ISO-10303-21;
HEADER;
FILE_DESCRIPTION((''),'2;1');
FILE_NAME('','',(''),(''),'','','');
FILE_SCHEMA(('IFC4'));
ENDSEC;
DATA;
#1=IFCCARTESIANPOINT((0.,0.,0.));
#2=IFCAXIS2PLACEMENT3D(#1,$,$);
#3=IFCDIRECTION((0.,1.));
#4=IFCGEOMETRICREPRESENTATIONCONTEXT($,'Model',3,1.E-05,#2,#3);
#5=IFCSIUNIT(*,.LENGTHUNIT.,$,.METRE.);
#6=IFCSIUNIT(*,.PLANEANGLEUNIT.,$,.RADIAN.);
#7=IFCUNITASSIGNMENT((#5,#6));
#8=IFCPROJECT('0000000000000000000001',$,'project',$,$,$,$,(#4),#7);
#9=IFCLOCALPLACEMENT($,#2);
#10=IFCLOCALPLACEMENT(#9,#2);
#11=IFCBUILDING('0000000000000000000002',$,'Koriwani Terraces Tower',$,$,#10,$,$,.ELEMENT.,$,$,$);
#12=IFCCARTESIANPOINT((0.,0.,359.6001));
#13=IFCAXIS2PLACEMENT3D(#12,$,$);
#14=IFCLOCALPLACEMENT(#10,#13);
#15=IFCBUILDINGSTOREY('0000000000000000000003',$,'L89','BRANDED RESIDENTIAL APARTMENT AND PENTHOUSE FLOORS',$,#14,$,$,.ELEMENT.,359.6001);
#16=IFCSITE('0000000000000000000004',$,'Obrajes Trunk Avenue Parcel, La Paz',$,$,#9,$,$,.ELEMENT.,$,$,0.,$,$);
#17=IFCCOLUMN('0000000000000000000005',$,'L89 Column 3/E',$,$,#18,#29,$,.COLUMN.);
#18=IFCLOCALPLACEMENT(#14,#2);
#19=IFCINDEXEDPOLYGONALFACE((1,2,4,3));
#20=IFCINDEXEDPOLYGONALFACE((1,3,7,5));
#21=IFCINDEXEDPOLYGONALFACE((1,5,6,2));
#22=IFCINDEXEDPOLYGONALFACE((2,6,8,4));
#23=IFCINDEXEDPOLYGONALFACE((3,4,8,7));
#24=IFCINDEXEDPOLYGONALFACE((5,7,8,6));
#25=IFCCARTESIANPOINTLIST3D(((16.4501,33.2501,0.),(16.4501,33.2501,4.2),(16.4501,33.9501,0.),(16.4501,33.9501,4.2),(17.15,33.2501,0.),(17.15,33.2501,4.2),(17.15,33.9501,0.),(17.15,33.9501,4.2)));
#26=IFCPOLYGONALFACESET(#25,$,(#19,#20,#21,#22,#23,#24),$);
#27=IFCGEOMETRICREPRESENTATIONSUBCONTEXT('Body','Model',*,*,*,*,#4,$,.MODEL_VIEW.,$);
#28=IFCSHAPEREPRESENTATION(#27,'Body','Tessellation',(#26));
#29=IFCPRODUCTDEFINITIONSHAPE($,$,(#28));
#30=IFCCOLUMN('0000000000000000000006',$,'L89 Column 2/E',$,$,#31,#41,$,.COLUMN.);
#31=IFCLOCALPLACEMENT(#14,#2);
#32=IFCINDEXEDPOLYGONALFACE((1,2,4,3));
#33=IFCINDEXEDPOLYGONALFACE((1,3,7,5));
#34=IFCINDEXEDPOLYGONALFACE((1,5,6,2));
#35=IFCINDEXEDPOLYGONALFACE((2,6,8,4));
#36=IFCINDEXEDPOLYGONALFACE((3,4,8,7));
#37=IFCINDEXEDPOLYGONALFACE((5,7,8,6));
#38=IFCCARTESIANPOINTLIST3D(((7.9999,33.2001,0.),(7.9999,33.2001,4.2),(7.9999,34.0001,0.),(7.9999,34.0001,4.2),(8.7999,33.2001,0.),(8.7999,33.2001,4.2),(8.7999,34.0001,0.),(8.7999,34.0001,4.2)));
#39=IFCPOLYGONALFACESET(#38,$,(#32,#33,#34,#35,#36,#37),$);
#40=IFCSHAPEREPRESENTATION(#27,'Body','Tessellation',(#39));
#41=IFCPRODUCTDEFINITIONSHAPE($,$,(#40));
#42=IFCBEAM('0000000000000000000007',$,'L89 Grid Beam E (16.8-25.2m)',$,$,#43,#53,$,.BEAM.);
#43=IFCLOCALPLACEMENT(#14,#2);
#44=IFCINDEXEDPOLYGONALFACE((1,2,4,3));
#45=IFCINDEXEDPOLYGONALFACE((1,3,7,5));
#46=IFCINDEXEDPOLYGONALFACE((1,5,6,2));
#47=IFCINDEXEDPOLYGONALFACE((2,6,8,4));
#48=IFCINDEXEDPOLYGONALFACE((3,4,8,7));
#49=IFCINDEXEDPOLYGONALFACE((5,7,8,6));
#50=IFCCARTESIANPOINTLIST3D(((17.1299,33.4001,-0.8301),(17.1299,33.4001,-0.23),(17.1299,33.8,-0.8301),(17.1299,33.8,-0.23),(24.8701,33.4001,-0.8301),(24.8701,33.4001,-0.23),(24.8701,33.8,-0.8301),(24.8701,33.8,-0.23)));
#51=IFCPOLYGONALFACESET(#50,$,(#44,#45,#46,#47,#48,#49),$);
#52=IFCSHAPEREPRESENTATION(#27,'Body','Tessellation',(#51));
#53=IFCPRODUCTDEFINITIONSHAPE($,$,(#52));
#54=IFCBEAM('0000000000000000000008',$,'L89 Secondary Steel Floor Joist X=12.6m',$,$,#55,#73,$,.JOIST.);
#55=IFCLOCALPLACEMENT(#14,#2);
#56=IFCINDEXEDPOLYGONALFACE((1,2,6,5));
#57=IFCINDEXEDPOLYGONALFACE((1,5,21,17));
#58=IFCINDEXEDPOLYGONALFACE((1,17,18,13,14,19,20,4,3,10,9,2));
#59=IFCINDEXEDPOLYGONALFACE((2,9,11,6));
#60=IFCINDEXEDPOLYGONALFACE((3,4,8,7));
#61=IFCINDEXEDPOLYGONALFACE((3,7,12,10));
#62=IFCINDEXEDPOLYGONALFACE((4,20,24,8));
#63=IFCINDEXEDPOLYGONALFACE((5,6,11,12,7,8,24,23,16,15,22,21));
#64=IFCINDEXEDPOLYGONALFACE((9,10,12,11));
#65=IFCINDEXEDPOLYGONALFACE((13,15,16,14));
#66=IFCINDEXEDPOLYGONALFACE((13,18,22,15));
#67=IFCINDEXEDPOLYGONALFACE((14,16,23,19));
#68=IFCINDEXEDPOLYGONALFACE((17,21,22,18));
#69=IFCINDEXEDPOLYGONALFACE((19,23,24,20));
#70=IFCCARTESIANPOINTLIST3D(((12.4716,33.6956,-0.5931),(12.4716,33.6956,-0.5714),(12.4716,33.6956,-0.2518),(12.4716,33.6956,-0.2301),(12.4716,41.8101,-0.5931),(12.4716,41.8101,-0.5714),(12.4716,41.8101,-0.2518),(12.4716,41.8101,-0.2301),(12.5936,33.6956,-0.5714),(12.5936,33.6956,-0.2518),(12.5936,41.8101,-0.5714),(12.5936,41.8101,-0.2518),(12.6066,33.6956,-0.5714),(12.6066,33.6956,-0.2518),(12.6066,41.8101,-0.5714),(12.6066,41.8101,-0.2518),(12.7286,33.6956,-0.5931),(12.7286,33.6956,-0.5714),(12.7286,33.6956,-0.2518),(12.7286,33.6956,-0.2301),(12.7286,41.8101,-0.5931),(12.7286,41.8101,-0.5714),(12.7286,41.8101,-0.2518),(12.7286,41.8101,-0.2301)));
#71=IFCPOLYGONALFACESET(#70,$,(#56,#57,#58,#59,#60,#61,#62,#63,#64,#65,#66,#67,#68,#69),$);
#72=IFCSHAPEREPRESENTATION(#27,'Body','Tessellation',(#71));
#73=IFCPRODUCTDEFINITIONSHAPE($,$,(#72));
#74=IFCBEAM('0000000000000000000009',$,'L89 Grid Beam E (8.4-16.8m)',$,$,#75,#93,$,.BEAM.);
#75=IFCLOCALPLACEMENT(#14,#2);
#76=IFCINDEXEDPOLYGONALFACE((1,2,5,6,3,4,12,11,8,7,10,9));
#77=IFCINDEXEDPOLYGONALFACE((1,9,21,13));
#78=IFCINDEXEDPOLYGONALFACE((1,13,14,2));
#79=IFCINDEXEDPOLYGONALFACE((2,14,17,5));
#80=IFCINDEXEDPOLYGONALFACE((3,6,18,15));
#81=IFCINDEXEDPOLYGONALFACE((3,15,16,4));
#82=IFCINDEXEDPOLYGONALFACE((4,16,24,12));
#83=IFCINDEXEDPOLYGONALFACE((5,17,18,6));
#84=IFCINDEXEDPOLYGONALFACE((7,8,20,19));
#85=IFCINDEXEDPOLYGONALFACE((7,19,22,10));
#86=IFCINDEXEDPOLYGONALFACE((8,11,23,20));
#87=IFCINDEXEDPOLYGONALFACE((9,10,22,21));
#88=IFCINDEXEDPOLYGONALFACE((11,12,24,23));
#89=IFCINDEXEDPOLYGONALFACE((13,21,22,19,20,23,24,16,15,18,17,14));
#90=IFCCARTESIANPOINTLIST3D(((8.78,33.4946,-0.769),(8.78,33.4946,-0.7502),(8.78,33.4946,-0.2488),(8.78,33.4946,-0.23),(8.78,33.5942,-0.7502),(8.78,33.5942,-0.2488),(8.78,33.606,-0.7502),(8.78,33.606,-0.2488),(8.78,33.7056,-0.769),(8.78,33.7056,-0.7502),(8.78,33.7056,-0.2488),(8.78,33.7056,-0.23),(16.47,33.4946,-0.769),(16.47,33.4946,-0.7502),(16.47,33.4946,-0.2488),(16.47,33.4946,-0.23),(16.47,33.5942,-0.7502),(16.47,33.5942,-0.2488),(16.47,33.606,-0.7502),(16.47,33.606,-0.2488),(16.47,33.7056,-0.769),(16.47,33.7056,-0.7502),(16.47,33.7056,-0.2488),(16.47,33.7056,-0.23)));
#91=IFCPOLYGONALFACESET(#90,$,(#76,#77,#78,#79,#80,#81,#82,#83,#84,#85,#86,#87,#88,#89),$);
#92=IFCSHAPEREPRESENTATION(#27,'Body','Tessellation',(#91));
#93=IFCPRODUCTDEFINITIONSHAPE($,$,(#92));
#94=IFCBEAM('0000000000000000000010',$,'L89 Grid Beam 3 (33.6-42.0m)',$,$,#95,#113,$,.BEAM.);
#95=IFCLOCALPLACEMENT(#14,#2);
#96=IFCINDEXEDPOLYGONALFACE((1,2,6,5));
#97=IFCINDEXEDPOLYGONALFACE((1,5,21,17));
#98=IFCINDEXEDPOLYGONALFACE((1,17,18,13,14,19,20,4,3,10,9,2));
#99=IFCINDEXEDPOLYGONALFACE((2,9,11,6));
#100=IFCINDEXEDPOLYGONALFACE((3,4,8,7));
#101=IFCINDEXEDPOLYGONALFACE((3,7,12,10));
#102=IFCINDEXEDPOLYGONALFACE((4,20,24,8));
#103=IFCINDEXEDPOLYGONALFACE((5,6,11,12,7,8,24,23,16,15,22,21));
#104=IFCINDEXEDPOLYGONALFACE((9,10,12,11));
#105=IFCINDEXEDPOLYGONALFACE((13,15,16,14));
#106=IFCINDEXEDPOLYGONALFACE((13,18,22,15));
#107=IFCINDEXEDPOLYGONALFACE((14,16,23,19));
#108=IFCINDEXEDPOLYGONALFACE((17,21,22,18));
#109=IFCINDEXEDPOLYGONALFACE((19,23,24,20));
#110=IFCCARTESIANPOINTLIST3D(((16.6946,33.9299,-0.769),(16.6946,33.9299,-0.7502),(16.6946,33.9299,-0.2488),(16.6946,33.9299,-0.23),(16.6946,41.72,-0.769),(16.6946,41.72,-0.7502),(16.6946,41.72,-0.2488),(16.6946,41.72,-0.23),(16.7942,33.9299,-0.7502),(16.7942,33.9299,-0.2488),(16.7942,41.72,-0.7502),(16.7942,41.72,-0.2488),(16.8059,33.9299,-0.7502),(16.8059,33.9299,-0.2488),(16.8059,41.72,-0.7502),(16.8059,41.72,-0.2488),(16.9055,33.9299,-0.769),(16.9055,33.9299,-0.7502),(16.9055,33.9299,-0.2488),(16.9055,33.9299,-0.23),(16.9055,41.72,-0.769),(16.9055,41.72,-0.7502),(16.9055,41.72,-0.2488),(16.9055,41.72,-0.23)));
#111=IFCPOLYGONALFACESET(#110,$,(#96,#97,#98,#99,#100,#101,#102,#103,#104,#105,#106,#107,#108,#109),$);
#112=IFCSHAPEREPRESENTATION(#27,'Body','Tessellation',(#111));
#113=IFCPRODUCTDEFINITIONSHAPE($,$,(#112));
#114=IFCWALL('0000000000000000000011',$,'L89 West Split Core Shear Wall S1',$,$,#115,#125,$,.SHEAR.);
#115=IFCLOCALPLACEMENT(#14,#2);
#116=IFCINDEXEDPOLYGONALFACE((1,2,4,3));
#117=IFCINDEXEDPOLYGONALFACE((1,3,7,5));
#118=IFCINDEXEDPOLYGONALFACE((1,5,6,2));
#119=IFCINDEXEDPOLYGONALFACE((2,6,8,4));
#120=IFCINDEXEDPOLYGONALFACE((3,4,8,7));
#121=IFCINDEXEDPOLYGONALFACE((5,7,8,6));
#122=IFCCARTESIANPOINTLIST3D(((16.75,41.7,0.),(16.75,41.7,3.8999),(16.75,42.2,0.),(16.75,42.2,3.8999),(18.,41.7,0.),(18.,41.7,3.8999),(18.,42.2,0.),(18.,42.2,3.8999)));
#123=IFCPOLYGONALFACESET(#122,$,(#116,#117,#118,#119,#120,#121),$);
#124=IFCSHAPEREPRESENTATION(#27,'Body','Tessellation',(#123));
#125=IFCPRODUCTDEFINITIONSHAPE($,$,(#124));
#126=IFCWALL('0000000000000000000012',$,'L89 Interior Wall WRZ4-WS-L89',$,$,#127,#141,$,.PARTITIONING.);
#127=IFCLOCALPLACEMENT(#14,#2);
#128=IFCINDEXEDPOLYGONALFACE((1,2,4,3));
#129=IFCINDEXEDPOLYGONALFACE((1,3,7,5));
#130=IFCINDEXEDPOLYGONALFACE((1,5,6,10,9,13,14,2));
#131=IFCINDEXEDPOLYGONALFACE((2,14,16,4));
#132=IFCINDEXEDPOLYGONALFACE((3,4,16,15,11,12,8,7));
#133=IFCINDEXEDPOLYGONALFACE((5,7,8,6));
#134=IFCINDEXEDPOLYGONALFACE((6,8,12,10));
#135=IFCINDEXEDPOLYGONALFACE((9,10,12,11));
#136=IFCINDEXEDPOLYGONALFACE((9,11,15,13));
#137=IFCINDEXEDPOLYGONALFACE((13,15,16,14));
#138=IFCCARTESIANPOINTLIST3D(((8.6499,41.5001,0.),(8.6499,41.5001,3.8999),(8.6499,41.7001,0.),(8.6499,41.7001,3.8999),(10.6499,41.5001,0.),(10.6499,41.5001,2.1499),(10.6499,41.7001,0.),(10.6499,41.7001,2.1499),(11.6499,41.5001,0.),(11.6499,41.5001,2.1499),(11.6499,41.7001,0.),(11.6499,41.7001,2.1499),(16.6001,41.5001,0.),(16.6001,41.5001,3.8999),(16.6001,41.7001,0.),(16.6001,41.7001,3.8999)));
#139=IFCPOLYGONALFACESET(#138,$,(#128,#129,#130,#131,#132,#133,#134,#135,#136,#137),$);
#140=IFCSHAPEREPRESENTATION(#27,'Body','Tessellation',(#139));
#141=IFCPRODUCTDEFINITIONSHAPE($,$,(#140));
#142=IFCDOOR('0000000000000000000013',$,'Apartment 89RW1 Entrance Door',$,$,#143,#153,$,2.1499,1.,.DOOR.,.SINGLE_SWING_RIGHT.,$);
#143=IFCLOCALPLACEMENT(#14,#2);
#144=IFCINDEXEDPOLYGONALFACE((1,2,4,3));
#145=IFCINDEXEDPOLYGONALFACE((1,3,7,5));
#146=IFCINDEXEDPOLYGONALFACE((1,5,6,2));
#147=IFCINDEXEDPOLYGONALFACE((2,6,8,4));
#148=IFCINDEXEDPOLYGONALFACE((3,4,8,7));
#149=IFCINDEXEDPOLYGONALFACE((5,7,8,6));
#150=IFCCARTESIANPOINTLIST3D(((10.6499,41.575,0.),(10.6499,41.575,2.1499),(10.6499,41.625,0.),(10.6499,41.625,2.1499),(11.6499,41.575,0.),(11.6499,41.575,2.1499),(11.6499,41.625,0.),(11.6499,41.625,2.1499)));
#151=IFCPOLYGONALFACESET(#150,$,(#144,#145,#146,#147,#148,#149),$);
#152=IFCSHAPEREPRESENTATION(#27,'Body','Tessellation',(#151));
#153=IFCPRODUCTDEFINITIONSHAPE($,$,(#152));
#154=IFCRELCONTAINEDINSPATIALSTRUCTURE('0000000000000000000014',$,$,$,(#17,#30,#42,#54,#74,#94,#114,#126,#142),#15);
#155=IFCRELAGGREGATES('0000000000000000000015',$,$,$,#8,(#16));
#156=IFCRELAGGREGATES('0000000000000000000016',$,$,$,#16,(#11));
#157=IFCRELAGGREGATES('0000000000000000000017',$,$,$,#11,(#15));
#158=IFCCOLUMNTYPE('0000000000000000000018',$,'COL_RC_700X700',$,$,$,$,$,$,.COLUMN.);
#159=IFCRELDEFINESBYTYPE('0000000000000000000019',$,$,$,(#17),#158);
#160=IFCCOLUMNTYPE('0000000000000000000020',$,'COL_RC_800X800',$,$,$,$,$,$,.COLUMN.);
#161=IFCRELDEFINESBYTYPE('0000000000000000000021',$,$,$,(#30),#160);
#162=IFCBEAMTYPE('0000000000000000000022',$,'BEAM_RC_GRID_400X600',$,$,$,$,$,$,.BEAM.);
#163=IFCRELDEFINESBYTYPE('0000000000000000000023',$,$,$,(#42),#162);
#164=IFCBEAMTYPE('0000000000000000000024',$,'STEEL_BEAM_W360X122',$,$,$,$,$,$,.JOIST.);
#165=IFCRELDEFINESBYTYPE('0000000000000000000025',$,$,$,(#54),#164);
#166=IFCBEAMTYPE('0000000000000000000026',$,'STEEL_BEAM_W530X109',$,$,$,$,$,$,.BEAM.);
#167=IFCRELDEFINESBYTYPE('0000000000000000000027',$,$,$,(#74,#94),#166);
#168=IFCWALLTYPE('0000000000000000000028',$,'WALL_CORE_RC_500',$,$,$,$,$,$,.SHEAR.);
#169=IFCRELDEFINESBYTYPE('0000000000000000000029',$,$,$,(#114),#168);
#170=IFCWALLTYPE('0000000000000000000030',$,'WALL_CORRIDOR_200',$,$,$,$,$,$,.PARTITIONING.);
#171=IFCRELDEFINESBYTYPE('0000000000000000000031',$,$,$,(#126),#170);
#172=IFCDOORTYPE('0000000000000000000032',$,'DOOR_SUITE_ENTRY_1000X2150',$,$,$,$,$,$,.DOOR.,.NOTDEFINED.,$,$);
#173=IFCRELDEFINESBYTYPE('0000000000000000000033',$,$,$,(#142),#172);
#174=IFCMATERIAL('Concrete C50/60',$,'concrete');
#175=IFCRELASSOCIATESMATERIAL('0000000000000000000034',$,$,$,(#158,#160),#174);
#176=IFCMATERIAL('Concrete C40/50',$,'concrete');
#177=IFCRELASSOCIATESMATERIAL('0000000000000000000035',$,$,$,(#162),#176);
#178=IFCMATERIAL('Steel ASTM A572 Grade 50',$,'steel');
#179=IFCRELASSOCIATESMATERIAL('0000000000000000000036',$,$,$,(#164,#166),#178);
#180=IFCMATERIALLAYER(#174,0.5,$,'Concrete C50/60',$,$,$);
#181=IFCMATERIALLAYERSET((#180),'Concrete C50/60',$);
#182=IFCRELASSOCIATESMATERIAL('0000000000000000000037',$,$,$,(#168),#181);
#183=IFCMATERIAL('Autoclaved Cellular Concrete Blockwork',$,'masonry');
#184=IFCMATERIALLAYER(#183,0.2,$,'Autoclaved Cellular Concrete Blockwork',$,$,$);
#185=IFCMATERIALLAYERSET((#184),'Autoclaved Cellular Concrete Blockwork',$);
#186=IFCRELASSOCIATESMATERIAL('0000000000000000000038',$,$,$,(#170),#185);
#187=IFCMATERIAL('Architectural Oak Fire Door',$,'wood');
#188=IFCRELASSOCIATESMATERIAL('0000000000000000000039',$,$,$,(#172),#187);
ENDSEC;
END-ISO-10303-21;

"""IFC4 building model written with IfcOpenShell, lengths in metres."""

from ifc_helpers import new_model, si_unit, direction, frame, frame_2d, origin, origin_2d, place, context, subcontext, project, spatial, rectangle, i_section, extrude, material, layer, layer_set, material_profile, profile_set, type_object, element, fill, save


model = new_model("IFC4")

# Units and contexts
model_context = context("Model", 3, precision=1e-05, world=origin(), true_north=direction((0.0, 1.0)))
body_context = subcontext(model_context, "Body", "Model", "MODEL_VIEW")
ifc_project = project(units=[si_unit("LENGTHUNIT", "METRE"), si_unit("PLANEANGLEUNIT", "RADIAN")], contexts=[model_context])

# Site, building, storey
site_placement = place(None, origin())
site = spatial("IfcSite", under=ifc_project, at=site_placement, Name="Obrajes Trunk Avenue Parcel, La Paz", CompositionType="ELEMENT", RefElevation=0.0)
building_placement = place(site_placement, origin())
building = spatial("IfcBuilding", under=site, at=building_placement, Name="Koriwani Terraces Tower", CompositionType="ELEMENT")
storey_placement = place(building_placement, frame((0.0, 0.0, 359.6001)))
storey = spatial("IfcBuildingStorey", under=building, at=storey_placement, Name="L89", Description="BRANDED RESIDENTIAL APARTMENT AND PENTHOUSE FLOORS", CompositionType="ELEMENT", Elevation=359.6001)

# Columns
ifc_material_1 = material(Name="Concrete C50/60", Category="concrete")
ifc_material_profile_1 = material_profile(ifc_material_1, rectangle(XDim=0.7, YDim=0.7, at=origin_2d()), Name="Concrete C50/60", Category="LoadBearing")
ifc_profile_set_1 = profile_set([ifc_material_profile_1], Name="Concrete C50/60")
column_type_1 = type_object("IfcColumnType", Name="COL_RC_700X700", PredefinedType="COLUMN", material=ifc_profile_set_1)
column_1_placement = place(storey_placement, frame((16.8, 33.6001, 0.0), z_axis=(0.0, 0.0, 1.0), x_axis=(1.0, 0.0, 0.0)))
element("IfcColumn", 1, at=column_1_placement, inside=storey, type_object=column_type_1, Name="L89 Column 3/E", PredefinedType="COLUMN", context=body_context, shape_type="SweptSolid", body=[
    extrude(rectangle(XDim=0.7, YDim=0.7, at=origin_2d()), origin(), (0.0, 0.0, 1.0), 4.2),
])
ifc_material_profile_2 = material_profile(ifc_material_1, rectangle(XDim=0.8, YDim=0.8, at=origin_2d()), Name="Concrete C50/60", Category="LoadBearing")
ifc_profile_set_2 = profile_set([ifc_material_profile_2], Name="Concrete C50/60")
column_type_2 = type_object("IfcColumnType", Name="COL_RC_800X800", PredefinedType="COLUMN", material=ifc_profile_set_2)
column_2_placement = place(storey_placement, frame((8.3999, 33.6001, 0.0), z_axis=(0.0, 0.0, 1.0), x_axis=(1.0, 0.0, 0.0)))
element("IfcColumn", 2, at=column_2_placement, inside=storey, type_object=column_type_2, Name="L89 Column 2/E", PredefinedType="COLUMN", context=body_context, shape_type="SweptSolid", body=[
    extrude(rectangle(XDim=0.8, YDim=0.8, at=origin_2d()), origin(), (0.0, 0.0, 1.0), 4.2),
])

# Beams
ifc_material_2 = material(Name="Concrete C40/50", Category="concrete")
ifc_material_profile_3 = material_profile(ifc_material_2, rectangle(XDim=0.3999, YDim=0.6001, at=origin_2d()), Name="Concrete C40/50", Category="LoadBearing")
ifc_profile_set_3 = profile_set([ifc_material_profile_3], Name="Concrete C40/50")
beam_type_1 = type_object("IfcBeamType", Name="BEAM_RC_GRID_400X600", PredefinedType="BEAM", material=ifc_profile_set_3)
beam_1_placement = place(storey_placement, frame((17.1299, 33.6001, -0.53), z_axis=(1.0, 0.0, 0.0), x_axis=(0.0, 1.0, 0.0)))
element("IfcBeam", 3, at=beam_1_placement, inside=storey, type_object=beam_type_1, Name="L89 Grid Beam E (16.8-25.2m)", PredefinedType="BEAM", context=body_context, shape_type="SweptSolid", body=[
    extrude(rectangle(XDim=0.3999, YDim=0.6001, at=origin_2d()), origin(), (0.0, 0.0, 1.0), 7.7402),
])
ifc_material_3 = material(Name="Steel ASTM A572 Grade 50", Category="steel")
ifc_material_profile_4 = material_profile(ifc_material_3, i_section(OverallWidth=0.2571, OverallDepth=0.363, WebThickness=0.0129, FlangeThickness=0.0217, at=origin_2d()), Name="Steel ASTM A572 Grade 50", Category="LoadBearing")
ifc_profile_set_4 = profile_set([ifc_material_profile_4], Name="Steel ASTM A572 Grade 50")
beam_type_2 = type_object("IfcBeamType", Name="STEEL_BEAM_W360X122", PredefinedType="JOIST", material=ifc_profile_set_4)
beam_2_placement = place(storey_placement, frame((12.6001, 33.6956, -0.4116), z_axis=(0.0, 1.0, 0.0), x_axis=(-1.0, 0.0, 0.0)))
element("IfcBeam", 4, at=beam_2_placement, inside=storey, type_object=beam_type_2, Name="L89 Secondary Steel Floor Joist X=12.6m", PredefinedType="JOIST", context=body_context, shape_type="SweptSolid", body=[
    extrude(i_section(OverallWidth=0.2571, OverallDepth=0.363, WebThickness=0.0129, FlangeThickness=0.0217, at=origin_2d()), origin(), (0.0, 0.0, 1.0), 8.1145),
])
ifc_material_profile_5 = material_profile(ifc_material_3, i_section(OverallWidth=0.2109, OverallDepth=0.5391, WebThickness=0.0117, FlangeThickness=0.0188, at=origin_2d()), Name="Steel ASTM A572 Grade 50", Category="LoadBearing")
ifc_profile_set_5 = profile_set([ifc_material_profile_5], Name="Steel ASTM A572 Grade 50")
beam_type_3 = type_object("IfcBeamType", Name="STEEL_BEAM_W530X109", PredefinedType="BEAM", material=ifc_profile_set_5)
beam_3_placement = place(storey_placement, frame((8.78, 33.6001, -0.4995), z_axis=(1.0, 0.0, 0.0), x_axis=(0.0, 1.0, 0.0)))
element("IfcBeam", 5, at=beam_3_placement, inside=storey, type_object=beam_type_3, Name="L89 Grid Beam E (8.4-16.8m)", PredefinedType="BEAM", context=body_context, shape_type="SweptSolid", body=[
    extrude(i_section(OverallWidth=0.2109, OverallDepth=0.5391, WebThickness=0.0117, FlangeThickness=0.0188, at=origin_2d()), origin(), (0.0, 0.0, 1.0), 7.6899),
])
beam_4_placement = place(storey_placement, frame((16.8, 33.9299, -0.4995), z_axis=(0.0, 1.0, 0.0), x_axis=(-1.0, 0.0, 0.0)))
element("IfcBeam", 6, at=beam_4_placement, inside=storey, type_object=beam_type_3, Name="L89 Grid Beam 3 (33.6-42.0m)", PredefinedType="BEAM", context=body_context, shape_type="SweptSolid", body=[
    extrude(i_section(OverallWidth=0.2109, OverallDepth=0.5391, WebThickness=0.0117, FlangeThickness=0.0188, at=origin_2d()), origin(), (0.0, 0.0, 1.0), 7.79),
])

# Wall
ifc_layer_1 = layer(ifc_material_1, 0.5, Name="Concrete C50/60")
ifc_layer_set_1 = layer_set([ifc_layer_1], Name="Concrete C50/60")
wall_type_1 = type_object("IfcWallType", Name="WALL_CORE_RC_500", PredefinedType="SHEAR", material=ifc_layer_set_1)
wall_1_placement = place(storey_placement, frame((16.75, 41.95, 0.0), z_axis=(0.0, 0.0, 1.0), x_axis=(1.0, 0.0, 0.0)))
element("IfcWall", 7, at=wall_1_placement, inside=storey, type_object=wall_type_1, Name="L89 West Split Core Shear Wall S1", PredefinedType="SHEAR", context=body_context, shape_type="SweptSolid", body=[
    extrude(rectangle(XDim=1.25, YDim=0.5, at=frame_2d((0.625, 0.0))), origin(), (0.0, 0.0, 1.0), 3.8999),
])

# Wall, opening, door
ifc_material_4 = material(Name="Autoclaved Cellular Concrete Blockwork", Category="masonry")
ifc_layer_2 = layer(ifc_material_4, 0.2, Name="Autoclaved Cellular Concrete Blockwork")
ifc_layer_set_2 = layer_set([ifc_layer_2], Name="Autoclaved Cellular Concrete Blockwork")
wall_type_2 = type_object("IfcWallType", Name="WALL_CORRIDOR_200", PredefinedType="PARTITIONING", material=ifc_layer_set_2)
wall_2_placement = place(storey_placement, frame((8.6499, 41.6001, 0.0), z_axis=(0.0, 0.0, 1.0), x_axis=(1.0, 0.0, 0.0)))
wall_2 = element("IfcWall", 8, at=wall_2_placement, inside=storey, type_object=wall_type_2, Name="L89 Interior Wall WRZ4-WS-L89", PredefinedType="PARTITIONING", context=body_context, shape_type="SweptSolid", body=[
    extrude(rectangle(XDim=7.9502, YDim=0.2, at=frame_2d((3.9751, 0.0))), origin(), (0.0, 0.0, 1.0), 3.8999),
])
opening_1_placement = place(wall_2_placement, frame((2.0, 0.0, 0.0)))
opening_1 = element("IfcOpeningElement", 9, at=opening_1_placement, cuts=wall_2, PredefinedType="OPENING", context=body_context, shape_type="SweptSolid", body=[
    extrude(rectangle(XDim=1.0, YDim=2.1499, at=frame_2d((0.5, 1.075))), frame((0.0, 0.1099, 0.0), z_axis=(0.0, -1.0, 0.0), x_axis=(1.0, 0.0, 0.0)), (0.0, 0.0, 1.0), 0.22),
])
ifc_material_5 = material(Name="Architectural Oak Fire Door", Category="wood")
door_type_1 = type_object("IfcDoorType", Name="DOOR_SUITE_ENTRY_1000X2150", OperationType="NOTDEFINED", PredefinedType="DOOR", material=ifc_material_5)
door_1_placement = place(opening_1_placement, origin())
door_1 = element("IfcDoor", 10, at=door_1_placement, inside=storey, type_object=door_type_1, Name="Apartment 89RW1 Entrance Door", OperationType="SINGLE_SWING_RIGHT", OverallHeight=2.1499, OverallWidth=1.0, PredefinedType="DOOR", context=body_context, shape_type="SweptSolid", body=[
    extrude(rectangle(XDim=1.0, YDim=2.1499, at=frame_2d((0.5, 1.075))), frame((0.0, 0.0249, 0.0), z_axis=(0.0, -1.0, 0.0), x_axis=(1.0, 0.0, 0.0)), (0.0, 0.0, 1.0), 0.05),
])
fill(opening_1, door_1)

save(model, "model.ifc")
